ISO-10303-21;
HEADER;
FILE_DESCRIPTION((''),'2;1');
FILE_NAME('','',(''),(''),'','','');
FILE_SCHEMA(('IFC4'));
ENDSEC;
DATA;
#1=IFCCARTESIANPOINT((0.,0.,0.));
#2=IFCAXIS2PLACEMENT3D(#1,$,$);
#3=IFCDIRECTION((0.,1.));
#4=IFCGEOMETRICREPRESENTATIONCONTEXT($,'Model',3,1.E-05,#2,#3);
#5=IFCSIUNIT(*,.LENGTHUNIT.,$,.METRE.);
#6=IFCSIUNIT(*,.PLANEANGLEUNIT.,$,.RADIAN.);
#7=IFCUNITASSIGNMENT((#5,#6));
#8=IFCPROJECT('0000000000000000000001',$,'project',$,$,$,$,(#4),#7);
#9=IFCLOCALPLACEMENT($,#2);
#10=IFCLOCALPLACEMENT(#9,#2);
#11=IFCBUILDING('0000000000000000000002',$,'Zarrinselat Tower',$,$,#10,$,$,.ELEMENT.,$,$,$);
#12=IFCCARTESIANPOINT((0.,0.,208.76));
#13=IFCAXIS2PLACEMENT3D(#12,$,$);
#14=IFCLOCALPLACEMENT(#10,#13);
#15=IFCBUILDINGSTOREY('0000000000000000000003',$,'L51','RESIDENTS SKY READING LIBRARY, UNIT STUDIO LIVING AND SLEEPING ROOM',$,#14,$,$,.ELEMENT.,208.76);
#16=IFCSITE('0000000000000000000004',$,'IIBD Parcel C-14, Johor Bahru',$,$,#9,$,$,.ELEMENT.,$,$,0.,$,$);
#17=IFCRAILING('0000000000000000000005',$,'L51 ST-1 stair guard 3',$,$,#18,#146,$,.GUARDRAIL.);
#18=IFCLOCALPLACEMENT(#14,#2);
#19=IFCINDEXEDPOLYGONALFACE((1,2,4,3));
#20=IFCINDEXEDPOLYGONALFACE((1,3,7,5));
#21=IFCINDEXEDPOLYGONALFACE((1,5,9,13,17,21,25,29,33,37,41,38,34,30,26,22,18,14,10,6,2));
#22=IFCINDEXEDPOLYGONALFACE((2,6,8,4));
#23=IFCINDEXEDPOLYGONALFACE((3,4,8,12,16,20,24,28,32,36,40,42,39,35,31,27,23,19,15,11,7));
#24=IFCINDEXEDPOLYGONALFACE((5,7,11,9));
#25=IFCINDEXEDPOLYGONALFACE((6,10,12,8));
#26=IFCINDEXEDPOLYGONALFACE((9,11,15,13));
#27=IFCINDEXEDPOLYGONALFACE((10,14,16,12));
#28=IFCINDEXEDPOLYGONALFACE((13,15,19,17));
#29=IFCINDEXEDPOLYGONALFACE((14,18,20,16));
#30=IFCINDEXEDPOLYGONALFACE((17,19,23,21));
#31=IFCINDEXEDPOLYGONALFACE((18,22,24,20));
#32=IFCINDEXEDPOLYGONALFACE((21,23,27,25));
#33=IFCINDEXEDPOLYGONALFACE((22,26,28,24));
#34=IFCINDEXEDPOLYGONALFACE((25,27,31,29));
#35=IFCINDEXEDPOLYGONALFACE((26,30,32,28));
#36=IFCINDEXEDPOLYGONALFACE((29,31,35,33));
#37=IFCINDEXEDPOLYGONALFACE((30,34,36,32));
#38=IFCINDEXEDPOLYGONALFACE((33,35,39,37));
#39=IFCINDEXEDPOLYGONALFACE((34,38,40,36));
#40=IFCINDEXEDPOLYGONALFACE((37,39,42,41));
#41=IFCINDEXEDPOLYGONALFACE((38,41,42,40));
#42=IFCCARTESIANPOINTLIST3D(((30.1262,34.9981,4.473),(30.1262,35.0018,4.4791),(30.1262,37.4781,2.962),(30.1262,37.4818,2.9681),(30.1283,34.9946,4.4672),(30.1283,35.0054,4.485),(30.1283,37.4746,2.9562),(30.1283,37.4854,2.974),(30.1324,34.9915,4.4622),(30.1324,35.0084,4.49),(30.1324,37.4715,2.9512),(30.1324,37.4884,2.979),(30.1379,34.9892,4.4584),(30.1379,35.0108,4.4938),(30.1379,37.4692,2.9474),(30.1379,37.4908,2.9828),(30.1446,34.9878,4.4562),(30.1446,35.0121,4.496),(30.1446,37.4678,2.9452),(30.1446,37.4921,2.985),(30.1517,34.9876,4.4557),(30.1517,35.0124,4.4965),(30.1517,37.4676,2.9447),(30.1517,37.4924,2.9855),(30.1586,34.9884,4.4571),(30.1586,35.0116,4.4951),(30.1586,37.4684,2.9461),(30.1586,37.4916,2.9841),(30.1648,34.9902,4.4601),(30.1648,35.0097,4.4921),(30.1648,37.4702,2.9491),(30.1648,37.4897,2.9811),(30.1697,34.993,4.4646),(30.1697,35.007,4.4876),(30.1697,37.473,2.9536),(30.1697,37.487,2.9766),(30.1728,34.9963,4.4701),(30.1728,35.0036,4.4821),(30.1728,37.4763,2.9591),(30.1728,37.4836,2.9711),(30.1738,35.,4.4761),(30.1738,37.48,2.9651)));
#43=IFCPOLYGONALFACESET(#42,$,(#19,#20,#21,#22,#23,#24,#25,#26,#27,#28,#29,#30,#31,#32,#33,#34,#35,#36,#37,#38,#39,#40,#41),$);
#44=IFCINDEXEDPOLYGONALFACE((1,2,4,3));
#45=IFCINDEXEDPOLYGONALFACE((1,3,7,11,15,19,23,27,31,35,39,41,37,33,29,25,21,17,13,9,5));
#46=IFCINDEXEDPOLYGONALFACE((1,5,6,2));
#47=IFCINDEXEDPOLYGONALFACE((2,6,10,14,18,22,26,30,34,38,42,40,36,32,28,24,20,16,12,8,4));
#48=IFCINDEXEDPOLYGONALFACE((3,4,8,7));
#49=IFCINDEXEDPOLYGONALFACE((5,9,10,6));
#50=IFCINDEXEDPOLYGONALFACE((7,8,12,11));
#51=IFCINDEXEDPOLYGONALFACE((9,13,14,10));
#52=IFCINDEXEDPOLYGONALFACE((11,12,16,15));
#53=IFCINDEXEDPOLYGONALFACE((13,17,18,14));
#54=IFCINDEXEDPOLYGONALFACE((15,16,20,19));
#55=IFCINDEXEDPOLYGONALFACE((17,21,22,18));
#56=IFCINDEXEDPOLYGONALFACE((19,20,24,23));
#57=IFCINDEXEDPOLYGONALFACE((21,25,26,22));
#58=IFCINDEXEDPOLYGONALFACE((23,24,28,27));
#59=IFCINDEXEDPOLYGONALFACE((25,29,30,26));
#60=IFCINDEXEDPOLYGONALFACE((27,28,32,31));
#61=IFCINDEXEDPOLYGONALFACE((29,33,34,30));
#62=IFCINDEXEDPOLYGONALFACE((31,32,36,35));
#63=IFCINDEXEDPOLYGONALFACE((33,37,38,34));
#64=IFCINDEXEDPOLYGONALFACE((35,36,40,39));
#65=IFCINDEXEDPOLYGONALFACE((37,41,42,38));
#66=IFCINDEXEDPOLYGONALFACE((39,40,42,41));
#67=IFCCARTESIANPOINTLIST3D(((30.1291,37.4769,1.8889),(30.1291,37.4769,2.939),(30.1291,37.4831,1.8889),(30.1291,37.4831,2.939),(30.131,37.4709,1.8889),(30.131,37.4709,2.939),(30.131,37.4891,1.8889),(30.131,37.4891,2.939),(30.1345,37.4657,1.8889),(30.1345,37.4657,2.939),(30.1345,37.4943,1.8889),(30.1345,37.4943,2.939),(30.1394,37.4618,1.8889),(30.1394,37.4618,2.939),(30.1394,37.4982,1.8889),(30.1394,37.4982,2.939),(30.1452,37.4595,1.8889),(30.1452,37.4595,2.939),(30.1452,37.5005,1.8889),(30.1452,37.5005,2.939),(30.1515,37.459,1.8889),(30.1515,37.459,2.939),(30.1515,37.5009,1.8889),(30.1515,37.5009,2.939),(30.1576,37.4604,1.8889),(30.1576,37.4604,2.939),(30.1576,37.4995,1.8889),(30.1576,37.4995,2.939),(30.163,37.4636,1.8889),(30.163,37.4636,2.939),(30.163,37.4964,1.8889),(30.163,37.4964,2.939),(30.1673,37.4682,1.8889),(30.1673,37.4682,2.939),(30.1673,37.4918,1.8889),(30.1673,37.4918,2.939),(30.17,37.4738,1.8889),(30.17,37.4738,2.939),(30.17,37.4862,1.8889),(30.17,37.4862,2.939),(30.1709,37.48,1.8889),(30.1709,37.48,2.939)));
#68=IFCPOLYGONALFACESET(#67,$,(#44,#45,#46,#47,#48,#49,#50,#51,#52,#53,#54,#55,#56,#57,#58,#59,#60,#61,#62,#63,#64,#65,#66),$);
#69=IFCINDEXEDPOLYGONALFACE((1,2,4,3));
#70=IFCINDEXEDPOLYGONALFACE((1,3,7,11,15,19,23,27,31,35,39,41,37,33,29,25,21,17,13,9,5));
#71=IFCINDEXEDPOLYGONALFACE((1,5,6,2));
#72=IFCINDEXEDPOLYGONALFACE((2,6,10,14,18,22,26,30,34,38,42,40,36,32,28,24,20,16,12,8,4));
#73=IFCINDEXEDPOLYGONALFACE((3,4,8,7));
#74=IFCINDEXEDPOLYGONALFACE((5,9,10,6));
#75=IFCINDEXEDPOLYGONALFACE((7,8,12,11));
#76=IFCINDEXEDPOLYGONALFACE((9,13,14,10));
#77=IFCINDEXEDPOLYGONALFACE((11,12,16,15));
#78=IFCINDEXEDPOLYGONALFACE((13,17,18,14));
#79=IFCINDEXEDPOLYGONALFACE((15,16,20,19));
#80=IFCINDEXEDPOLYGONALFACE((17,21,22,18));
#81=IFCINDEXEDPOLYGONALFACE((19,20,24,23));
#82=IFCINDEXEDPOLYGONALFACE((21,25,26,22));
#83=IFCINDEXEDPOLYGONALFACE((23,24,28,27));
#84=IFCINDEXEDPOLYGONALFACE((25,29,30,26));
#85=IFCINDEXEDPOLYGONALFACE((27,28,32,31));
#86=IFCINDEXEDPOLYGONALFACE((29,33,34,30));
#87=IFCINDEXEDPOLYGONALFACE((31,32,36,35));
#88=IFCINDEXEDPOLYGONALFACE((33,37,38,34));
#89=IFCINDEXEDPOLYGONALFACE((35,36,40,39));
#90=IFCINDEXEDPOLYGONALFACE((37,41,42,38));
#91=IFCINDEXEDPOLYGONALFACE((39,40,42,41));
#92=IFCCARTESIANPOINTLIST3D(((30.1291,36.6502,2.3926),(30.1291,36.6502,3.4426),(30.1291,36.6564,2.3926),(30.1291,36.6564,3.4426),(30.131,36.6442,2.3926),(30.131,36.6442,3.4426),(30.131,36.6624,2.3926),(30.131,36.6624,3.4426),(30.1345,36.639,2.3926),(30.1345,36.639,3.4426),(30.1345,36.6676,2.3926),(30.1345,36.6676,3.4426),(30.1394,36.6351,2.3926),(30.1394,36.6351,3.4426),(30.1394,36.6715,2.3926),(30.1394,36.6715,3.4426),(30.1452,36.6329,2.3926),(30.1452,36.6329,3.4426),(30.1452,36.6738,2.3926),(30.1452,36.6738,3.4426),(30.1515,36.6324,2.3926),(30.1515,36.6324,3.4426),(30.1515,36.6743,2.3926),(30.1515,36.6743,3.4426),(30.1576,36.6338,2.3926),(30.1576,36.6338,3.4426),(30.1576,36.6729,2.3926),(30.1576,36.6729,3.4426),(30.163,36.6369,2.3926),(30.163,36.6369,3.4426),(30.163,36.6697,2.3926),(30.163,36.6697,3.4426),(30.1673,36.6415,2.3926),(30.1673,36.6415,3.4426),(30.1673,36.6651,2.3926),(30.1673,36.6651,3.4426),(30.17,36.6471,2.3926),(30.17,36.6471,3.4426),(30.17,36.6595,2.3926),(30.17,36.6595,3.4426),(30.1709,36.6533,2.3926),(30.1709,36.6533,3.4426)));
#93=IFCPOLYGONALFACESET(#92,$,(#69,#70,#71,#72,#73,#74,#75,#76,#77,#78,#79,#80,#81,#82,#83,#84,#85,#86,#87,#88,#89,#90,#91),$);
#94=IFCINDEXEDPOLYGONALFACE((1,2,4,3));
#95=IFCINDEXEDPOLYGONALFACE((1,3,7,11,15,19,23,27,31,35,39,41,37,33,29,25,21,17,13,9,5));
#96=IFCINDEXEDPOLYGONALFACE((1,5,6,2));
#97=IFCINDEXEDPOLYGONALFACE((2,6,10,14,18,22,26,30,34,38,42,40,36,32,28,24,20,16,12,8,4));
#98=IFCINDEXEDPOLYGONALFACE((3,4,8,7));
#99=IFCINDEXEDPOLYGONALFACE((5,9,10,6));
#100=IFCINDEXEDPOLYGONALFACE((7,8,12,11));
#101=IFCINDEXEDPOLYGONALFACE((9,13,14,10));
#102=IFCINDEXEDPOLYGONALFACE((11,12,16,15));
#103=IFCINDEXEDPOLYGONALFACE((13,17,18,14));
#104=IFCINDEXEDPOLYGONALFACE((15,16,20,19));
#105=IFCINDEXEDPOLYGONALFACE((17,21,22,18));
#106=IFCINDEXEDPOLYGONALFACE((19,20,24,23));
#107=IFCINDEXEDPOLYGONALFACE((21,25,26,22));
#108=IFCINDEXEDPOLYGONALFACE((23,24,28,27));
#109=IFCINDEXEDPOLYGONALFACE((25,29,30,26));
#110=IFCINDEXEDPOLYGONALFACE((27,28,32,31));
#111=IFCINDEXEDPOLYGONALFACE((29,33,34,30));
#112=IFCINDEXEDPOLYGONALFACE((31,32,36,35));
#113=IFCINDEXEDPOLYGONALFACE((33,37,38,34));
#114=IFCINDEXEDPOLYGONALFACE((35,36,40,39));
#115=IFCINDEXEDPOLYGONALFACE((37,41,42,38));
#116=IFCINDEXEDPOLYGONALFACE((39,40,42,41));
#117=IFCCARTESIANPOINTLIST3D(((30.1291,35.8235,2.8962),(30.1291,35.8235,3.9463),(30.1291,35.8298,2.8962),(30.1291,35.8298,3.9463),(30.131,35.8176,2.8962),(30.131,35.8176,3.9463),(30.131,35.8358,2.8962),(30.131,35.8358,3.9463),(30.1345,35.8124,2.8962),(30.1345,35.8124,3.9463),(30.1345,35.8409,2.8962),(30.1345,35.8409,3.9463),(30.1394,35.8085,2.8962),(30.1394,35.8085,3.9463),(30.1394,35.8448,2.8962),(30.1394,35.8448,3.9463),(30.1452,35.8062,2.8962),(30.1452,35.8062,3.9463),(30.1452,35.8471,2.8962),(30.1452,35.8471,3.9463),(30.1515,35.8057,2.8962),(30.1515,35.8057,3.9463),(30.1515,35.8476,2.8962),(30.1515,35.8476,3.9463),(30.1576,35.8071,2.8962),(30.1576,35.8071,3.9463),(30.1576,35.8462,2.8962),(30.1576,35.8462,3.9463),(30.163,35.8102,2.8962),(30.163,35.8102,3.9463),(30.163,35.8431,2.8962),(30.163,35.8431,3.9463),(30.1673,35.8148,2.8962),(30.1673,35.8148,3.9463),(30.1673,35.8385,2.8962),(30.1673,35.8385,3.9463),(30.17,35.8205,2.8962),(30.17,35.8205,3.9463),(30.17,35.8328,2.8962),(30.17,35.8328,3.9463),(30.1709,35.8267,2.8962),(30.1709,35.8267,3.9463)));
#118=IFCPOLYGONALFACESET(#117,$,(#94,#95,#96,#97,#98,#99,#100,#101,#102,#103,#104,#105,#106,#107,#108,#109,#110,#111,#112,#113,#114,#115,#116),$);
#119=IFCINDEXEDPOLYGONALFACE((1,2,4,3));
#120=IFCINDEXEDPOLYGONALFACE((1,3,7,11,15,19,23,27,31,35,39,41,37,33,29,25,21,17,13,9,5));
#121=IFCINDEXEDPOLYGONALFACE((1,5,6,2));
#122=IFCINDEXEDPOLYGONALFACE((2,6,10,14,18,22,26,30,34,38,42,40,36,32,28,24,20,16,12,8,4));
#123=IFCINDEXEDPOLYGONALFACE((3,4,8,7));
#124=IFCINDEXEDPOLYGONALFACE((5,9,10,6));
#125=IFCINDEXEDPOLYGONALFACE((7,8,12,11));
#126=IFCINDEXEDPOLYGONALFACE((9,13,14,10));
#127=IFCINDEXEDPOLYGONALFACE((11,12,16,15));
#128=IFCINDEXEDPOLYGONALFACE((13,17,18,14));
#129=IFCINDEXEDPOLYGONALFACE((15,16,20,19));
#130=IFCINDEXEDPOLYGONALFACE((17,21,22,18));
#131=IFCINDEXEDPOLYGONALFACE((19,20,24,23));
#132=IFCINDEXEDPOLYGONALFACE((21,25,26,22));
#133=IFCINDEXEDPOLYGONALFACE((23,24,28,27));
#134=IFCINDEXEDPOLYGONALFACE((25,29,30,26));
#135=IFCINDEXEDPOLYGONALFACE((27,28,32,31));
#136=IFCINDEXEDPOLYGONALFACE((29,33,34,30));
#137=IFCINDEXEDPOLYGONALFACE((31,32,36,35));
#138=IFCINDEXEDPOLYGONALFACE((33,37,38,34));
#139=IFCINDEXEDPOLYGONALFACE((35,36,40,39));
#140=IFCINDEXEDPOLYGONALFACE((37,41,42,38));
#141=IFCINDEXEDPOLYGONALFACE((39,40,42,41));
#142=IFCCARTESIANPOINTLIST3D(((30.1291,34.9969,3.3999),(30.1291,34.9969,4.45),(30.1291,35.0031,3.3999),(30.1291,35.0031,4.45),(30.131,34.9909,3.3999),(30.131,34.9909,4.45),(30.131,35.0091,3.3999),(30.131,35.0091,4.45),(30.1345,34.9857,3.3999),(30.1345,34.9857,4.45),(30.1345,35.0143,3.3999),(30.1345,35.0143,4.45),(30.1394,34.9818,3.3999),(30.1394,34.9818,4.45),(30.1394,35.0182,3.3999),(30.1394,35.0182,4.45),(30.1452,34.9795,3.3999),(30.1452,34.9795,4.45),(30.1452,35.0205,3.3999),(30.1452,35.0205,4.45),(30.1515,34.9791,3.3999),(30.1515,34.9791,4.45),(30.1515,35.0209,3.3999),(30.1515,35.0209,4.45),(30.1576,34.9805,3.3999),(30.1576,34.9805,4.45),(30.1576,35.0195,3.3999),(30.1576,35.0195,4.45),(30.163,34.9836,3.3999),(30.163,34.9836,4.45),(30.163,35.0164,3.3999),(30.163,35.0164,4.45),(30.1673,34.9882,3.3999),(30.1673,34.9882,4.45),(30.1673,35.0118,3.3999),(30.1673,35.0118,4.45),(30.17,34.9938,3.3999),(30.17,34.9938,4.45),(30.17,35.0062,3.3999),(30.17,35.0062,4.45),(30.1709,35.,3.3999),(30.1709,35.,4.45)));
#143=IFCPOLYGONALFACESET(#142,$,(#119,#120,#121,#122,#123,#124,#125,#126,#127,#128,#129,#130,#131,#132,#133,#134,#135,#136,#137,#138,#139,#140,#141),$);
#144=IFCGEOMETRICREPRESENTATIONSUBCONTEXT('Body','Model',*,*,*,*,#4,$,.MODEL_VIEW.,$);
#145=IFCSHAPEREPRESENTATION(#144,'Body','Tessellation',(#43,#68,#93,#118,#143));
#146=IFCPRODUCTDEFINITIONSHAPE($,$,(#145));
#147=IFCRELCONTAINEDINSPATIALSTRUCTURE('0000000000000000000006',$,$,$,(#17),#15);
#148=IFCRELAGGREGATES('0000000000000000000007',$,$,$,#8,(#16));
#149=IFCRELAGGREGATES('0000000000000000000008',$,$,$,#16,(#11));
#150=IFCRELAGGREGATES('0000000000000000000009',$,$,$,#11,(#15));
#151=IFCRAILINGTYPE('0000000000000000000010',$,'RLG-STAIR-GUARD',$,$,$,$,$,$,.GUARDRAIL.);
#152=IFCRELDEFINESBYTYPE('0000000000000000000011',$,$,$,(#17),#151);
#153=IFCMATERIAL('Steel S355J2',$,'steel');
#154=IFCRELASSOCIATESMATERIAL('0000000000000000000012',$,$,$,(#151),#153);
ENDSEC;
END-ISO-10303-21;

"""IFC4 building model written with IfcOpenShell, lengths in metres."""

from ifc_helpers import new_model, si_unit, direction, frame, origin, origin_2d, place, context, subcontext, project, spatial, circle, extrude, material, type_object, element, save


model = new_model("IFC4")

# Units and contexts
model_context = context("Model", 3, precision=1e-05, world=origin(), true_north=direction((0.0, 1.0)))
body_context = subcontext(model_context, "Body", "Model", "MODEL_VIEW")
ifc_project = project(units=[si_unit("LENGTHUNIT", "METRE"), si_unit("PLANEANGLEUNIT", "RADIAN")], contexts=[model_context])

# Site, building, storey
site_placement = place(None, origin())
site = spatial("IfcSite", under=ifc_project, at=site_placement, Name="IIBD Parcel C-14, Johor Bahru", CompositionType="ELEMENT", RefElevation=0.0)
building_placement = place(site_placement, origin())
building = spatial("IfcBuilding", under=site, at=building_placement, Name="Zarrinselat Tower", CompositionType="ELEMENT")
storey_placement = place(building_placement, frame((0.0, 0.0, 208.76)))
storey = spatial("IfcBuildingStorey", under=building, at=storey_placement, Name="L51", Description="RESIDENTS SKY READING LIBRARY, UNIT STUDIO LIVING AND SLEEPING ROOM", CompositionType="ELEMENT", Elevation=208.76)

# Railing
ifc_material_1 = material(Name="Steel S355J2", Category="steel")
railing_type_1 = type_object("IfcRailingType", Name="RLG-STAIR-GUARD", PredefinedType="GUARDRAIL", material=ifc_material_1)
railing_1_placement = place(storey_placement, frame((30.1499, 37.48, 1.8889)))
element("IfcRailing", 1, at=railing_1_placement, inside=storey, type_object=railing_type_1, Name="L51 ST-1 stair guard 3", PredefinedType="GUARDRAIL", context=body_context, shape_type="SweptSolid", body=[
    extrude(circle(Radius=0.0239, at=origin_2d()), frame((0.0, 0.0, 1.0762), z_axis=(0.0, -0.853979, 0.520307), x_axis=(1.0, 0.0, 0.0)), (0.0, 0.0, 1.0), 2.9041),
    extrude(circle(Radius=0.021, at=origin_2d()), origin(), (0.0, 0.0, 1.0), 1.05),
    extrude(circle(Radius=0.021, at=origin_2d()), frame((0.0, -0.8267, 0.5037)), (0.0, 0.0, 1.0), 1.05),
    extrude(circle(Radius=0.021, at=origin_2d()), frame((0.0, -1.6533, 1.0073)), (0.0, 0.0, 1.0), 1.05),
    extrude(circle(Radius=0.021, at=origin_2d()), frame((0.0, -2.48, 1.511)), (0.0, 0.0, 1.0), 1.05),
])

save(model, "model.ifc")
